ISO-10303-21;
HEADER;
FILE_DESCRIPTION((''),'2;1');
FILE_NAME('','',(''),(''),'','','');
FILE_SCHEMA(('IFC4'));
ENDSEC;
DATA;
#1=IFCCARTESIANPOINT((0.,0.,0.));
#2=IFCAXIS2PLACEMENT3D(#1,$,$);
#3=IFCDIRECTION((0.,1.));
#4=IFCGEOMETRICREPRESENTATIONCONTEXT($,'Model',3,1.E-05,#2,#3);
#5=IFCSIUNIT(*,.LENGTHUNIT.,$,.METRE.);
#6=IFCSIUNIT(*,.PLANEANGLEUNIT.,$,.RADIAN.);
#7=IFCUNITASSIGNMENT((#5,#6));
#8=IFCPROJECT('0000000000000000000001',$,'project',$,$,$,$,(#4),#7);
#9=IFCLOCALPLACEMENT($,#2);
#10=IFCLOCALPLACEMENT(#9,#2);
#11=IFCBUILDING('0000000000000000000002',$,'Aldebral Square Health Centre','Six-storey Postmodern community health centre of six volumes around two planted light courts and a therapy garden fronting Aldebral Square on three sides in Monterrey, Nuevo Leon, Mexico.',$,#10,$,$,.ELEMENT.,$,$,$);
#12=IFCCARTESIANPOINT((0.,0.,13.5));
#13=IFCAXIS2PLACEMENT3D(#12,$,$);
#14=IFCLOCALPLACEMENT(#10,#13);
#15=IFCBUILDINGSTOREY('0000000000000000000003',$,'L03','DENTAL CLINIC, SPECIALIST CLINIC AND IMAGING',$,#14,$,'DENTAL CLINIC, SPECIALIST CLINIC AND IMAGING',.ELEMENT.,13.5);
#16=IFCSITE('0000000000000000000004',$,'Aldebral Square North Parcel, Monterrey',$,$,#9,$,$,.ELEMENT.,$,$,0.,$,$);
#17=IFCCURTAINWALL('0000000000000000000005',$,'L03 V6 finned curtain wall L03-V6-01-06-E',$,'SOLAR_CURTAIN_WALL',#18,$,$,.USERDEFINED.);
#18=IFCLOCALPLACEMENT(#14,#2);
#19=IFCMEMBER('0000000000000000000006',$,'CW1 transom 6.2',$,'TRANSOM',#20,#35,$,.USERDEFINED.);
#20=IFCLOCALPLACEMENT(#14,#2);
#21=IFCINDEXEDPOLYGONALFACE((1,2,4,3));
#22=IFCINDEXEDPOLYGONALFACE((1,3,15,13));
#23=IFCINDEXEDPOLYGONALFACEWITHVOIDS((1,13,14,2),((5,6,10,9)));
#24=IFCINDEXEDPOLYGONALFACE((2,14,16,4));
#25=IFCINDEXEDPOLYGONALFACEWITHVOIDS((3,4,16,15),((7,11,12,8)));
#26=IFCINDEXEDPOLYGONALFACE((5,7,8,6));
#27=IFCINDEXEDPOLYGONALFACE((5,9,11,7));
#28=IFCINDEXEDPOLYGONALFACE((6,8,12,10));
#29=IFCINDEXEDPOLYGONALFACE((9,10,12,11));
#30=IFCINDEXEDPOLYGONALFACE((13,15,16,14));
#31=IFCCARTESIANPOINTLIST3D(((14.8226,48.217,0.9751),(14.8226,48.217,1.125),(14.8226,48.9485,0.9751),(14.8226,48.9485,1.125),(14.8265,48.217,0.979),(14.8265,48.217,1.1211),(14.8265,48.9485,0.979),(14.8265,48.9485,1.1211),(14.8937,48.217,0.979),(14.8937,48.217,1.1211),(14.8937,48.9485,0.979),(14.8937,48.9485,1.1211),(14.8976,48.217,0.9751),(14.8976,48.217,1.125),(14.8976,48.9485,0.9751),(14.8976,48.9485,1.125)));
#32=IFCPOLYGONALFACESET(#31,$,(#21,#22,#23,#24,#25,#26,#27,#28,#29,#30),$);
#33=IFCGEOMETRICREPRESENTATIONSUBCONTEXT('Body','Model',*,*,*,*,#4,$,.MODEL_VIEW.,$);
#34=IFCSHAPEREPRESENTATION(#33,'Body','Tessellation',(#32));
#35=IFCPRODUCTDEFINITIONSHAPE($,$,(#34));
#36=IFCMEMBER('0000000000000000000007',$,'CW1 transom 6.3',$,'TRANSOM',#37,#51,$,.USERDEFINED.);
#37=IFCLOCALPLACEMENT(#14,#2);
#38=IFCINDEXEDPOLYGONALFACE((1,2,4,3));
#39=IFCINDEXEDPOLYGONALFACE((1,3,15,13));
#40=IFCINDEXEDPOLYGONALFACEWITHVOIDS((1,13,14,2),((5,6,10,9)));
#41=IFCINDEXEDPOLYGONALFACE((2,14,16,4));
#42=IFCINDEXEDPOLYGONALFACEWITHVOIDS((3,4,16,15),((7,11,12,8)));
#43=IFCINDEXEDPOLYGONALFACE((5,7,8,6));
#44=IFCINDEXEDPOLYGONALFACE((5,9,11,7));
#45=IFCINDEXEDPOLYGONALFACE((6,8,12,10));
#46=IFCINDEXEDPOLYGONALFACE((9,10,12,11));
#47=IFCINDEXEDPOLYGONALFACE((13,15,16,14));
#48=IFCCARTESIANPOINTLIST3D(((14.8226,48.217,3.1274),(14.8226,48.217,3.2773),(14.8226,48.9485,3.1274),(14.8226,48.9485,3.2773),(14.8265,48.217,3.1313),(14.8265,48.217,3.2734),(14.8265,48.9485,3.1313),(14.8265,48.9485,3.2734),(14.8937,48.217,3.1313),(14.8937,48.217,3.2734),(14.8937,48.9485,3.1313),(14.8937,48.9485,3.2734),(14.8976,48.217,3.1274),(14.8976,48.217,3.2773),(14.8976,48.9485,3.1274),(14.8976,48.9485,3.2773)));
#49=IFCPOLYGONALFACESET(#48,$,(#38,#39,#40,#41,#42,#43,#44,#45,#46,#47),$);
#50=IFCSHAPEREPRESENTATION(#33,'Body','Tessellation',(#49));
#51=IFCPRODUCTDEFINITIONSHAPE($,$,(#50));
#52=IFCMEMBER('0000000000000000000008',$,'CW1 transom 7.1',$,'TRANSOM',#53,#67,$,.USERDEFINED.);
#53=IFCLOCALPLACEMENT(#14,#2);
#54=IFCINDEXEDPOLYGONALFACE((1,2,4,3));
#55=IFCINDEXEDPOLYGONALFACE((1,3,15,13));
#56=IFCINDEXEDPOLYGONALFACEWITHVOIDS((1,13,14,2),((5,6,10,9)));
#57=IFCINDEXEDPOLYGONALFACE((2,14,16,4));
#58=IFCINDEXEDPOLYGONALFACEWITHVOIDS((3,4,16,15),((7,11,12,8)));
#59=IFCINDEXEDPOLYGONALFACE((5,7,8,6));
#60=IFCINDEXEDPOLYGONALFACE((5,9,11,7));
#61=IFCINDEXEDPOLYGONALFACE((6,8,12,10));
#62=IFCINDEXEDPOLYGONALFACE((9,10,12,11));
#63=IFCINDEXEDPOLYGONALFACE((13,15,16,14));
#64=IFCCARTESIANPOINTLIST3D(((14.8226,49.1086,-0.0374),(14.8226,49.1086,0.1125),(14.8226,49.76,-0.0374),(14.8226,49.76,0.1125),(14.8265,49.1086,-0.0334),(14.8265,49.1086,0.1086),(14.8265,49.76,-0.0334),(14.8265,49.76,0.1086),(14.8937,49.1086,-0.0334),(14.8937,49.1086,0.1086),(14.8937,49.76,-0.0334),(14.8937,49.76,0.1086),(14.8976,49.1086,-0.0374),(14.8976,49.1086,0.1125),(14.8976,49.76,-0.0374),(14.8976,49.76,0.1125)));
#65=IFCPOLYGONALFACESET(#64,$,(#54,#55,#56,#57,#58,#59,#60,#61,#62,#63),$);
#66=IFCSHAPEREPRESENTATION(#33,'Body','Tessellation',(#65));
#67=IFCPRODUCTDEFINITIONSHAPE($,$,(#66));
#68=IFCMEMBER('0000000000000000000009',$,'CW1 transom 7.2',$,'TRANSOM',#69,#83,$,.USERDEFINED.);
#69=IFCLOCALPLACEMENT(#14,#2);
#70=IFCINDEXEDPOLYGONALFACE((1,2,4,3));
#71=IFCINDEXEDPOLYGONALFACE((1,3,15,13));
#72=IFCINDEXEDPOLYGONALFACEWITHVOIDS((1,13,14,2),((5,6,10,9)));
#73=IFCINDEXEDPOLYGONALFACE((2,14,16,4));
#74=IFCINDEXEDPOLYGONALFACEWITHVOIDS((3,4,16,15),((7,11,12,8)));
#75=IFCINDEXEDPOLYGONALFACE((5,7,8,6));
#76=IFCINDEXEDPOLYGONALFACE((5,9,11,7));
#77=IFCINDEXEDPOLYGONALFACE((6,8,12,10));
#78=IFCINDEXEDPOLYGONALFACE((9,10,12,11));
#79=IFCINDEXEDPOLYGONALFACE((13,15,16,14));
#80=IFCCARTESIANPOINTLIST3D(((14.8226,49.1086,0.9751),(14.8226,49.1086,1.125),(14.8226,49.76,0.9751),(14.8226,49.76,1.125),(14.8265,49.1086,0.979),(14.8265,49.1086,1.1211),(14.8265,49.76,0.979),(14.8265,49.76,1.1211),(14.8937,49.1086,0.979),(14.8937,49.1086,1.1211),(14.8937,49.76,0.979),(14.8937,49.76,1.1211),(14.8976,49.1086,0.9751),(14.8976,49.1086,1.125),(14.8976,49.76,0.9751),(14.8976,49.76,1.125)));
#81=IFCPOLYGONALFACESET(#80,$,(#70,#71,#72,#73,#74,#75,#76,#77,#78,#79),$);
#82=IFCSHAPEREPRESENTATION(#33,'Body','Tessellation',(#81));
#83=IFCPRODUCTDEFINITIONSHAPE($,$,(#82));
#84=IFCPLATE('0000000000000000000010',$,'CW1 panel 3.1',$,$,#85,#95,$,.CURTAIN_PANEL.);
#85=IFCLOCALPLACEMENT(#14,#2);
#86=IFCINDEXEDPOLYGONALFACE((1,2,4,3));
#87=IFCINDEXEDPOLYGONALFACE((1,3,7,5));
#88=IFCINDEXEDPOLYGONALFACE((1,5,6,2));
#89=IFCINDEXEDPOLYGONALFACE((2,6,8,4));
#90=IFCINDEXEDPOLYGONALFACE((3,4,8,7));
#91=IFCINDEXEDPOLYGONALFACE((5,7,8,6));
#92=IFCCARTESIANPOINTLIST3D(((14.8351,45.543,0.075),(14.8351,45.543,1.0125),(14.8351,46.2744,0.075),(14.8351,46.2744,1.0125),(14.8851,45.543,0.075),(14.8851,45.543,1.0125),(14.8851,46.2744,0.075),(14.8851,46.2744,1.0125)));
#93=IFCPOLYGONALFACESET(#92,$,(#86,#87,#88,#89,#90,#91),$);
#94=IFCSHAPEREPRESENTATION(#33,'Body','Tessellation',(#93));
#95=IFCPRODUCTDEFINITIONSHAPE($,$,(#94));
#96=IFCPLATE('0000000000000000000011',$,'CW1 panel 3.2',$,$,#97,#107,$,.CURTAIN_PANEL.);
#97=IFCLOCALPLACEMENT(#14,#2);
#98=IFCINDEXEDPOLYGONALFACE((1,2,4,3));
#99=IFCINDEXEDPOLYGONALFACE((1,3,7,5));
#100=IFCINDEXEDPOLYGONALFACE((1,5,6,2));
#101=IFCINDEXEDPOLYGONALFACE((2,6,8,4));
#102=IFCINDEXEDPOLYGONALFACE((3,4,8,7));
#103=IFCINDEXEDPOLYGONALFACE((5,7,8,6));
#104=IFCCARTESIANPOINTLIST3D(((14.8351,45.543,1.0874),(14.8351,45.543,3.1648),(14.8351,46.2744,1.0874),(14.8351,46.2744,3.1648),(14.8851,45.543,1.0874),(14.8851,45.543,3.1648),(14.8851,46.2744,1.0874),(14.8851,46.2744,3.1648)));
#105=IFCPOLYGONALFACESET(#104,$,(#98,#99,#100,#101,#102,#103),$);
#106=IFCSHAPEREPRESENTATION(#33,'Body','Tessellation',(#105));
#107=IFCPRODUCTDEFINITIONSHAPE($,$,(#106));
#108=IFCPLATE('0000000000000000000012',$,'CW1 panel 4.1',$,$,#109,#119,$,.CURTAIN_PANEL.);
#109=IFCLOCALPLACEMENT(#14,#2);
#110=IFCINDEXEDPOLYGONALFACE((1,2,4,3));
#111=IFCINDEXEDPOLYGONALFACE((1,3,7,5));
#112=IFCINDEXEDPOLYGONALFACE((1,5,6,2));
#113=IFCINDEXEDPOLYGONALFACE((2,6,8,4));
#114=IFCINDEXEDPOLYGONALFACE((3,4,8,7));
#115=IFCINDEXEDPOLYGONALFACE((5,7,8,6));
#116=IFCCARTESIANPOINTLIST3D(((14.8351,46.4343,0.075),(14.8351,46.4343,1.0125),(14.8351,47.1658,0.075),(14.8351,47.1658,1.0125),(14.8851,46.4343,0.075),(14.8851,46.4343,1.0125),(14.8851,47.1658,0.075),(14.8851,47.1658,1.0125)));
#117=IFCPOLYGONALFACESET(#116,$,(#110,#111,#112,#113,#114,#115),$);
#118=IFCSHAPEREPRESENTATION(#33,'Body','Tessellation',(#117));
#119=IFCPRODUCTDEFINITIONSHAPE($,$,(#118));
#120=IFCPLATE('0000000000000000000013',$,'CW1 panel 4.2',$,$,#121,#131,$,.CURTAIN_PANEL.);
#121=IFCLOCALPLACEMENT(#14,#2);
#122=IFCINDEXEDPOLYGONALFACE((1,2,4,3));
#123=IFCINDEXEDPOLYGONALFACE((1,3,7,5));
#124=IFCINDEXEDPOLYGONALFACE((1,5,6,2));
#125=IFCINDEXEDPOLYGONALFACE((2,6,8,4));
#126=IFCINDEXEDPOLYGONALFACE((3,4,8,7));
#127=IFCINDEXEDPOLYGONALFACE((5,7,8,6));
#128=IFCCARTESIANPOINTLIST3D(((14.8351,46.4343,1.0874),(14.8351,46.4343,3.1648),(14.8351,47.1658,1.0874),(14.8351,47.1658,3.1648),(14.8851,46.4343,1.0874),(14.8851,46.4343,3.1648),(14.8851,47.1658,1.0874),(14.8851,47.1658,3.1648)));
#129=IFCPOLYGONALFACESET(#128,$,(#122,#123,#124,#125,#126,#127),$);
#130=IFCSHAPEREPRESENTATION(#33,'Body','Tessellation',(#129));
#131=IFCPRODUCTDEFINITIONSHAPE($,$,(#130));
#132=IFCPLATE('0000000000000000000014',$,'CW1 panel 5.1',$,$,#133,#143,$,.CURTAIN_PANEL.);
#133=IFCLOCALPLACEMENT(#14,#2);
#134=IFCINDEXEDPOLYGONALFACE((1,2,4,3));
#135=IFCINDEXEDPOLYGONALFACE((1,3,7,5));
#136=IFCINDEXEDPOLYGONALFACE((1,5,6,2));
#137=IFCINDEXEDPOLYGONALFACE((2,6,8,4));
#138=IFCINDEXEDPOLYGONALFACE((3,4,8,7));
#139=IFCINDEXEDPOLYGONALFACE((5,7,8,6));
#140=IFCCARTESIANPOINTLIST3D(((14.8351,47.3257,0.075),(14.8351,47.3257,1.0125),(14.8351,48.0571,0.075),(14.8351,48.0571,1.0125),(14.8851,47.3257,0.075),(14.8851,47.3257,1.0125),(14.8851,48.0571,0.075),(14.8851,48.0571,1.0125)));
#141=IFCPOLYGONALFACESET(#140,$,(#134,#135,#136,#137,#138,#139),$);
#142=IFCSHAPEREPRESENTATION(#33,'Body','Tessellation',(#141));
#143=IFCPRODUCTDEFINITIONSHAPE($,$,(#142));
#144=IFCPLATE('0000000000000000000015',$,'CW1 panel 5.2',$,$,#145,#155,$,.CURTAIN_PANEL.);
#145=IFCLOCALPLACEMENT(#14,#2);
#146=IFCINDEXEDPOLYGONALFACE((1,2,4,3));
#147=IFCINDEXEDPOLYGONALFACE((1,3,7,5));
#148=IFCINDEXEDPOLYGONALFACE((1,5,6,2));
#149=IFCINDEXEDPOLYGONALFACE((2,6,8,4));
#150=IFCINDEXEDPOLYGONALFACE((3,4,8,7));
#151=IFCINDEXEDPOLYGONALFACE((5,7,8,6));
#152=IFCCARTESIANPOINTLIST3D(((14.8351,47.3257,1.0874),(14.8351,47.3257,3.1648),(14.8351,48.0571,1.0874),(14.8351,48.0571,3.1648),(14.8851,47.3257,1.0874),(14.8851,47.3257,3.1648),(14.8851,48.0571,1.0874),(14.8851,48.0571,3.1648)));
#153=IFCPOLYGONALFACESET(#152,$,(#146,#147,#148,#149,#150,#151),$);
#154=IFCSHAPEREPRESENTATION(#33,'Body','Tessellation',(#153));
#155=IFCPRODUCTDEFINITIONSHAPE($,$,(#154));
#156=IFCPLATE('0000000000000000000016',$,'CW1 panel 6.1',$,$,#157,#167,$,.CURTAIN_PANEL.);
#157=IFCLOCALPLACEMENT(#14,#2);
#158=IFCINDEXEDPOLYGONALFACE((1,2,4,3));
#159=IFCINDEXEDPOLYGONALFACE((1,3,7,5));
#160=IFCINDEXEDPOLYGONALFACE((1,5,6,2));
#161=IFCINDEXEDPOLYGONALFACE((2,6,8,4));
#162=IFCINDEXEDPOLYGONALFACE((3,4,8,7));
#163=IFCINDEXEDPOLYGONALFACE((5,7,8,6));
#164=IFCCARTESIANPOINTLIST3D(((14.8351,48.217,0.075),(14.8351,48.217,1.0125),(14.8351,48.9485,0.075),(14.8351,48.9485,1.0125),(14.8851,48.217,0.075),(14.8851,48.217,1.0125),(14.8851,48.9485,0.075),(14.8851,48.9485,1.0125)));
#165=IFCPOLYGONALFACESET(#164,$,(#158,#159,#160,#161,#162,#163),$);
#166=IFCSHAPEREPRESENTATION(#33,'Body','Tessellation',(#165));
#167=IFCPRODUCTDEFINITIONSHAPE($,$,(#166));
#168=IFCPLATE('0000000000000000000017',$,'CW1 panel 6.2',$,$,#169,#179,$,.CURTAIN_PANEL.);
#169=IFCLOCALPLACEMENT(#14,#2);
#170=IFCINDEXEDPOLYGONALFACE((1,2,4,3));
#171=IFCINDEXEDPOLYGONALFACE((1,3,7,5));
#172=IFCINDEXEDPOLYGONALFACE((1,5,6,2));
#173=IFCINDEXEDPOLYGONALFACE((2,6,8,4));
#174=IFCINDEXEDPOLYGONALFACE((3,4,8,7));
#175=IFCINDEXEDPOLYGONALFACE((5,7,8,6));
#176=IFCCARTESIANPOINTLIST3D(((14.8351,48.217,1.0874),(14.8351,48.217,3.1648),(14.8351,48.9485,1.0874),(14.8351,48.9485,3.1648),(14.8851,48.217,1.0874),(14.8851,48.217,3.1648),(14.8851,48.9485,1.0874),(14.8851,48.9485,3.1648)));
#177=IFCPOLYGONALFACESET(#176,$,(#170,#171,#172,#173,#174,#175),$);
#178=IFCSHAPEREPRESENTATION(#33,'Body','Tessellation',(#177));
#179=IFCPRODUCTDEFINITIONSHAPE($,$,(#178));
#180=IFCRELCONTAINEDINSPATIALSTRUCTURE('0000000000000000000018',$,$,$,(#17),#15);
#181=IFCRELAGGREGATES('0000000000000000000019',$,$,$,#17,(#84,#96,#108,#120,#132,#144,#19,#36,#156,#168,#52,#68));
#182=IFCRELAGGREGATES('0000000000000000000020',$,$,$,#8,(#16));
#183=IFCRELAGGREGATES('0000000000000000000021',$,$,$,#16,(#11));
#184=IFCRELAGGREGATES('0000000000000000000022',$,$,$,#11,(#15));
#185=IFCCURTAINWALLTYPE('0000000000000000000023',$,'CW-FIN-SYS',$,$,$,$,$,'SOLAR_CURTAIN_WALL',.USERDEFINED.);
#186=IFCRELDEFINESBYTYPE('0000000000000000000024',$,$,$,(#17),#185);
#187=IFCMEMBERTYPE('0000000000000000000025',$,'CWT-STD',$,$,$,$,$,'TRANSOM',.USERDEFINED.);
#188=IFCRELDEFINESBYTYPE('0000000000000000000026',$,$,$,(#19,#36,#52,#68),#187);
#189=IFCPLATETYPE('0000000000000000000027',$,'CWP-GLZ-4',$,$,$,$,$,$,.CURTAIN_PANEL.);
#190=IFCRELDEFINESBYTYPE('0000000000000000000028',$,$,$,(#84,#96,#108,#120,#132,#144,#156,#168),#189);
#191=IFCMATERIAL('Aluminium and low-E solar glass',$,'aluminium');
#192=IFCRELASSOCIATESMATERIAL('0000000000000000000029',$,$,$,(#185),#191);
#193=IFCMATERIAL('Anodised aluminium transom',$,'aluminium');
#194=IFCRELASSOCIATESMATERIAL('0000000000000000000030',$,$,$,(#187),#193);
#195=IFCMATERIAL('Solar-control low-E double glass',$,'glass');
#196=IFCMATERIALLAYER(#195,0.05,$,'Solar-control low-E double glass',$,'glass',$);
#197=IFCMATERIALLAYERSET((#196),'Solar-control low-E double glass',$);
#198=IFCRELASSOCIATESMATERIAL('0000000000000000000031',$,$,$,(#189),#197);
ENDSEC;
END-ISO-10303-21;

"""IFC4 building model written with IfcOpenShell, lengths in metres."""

from ifc_helpers import new_model, si_unit, direction, frame, origin, origin_2d, place, context, subcontext, project, spatial, rectangle, hollow_rectangle, extrude, material, layer, layer_set, material_profile, profile_set, type_object, element, aggregate, save


model = new_model("IFC4")

# Units and contexts
model_context = context("Model", 3, precision=1e-05, world=origin(), true_north=direction((0.0, 1.0)))
body_context = subcontext(model_context, "Body", "Model", "MODEL_VIEW")
ifc_project = project(units=[si_unit("LENGTHUNIT", "METRE"), si_unit("PLANEANGLEUNIT", "RADIAN")], contexts=[model_context])

# Site, building, storey
site_placement = place(None, origin())
site = spatial("IfcSite", under=ifc_project, at=site_placement, Name="Aldebral Square North Parcel, Monterrey", CompositionType="ELEMENT", RefElevation=0.0)
building_placement = place(site_placement, origin())
building = spatial("IfcBuilding", under=site, at=building_placement, Name="Aldebral Square Health Centre", Description="Six-storey Postmodern community health centre of six volumes around two planted light courts and a therapy garden fronting Aldebral Square on three sides in Monterrey, Nuevo Leon, Mexico.", CompositionType="ELEMENT")
storey_placement = place(building_placement, frame((0.0, 0.0, 13.5)))
storey = spatial("IfcBuildingStorey", under=building, at=storey_placement, Name="L03", Description="DENTAL CLINIC, SPECIALIST CLINIC AND IMAGING", LongName="DENTAL CLINIC, SPECIALIST CLINIC AND IMAGING", CompositionType="ELEMENT", Elevation=13.5)

# Curtain wall, members, plates
ifc_material_1 = material(Name="Aluminium and low-E solar glass", Category="aluminium")
curtain_wall_type = type_object("IfcCurtainWallType", Name="CW-FIN-SYS", ElementType="SOLAR_CURTAIN_WALL", PredefinedType="USERDEFINED", material=ifc_material_1)
curtain_wall_placement = place(storey_placement, origin())
curtain_wall = element("IfcCurtainWall", 1, at=curtain_wall_placement, inside=storey, type_object=curtain_wall_type, Name="L03 V6 finned curtain wall L03-V6-01-06-E", ObjectType="SOLAR_CURTAIN_WALL", PredefinedType="USERDEFINED")
ifc_material_2 = material(Name="Anodised aluminium transom", Category="aluminium")
ifc_material_profile_1 = material_profile(ifc_material_2, hollow_rectangle(XDim=0.075, YDim=0.1499, WallThickness=0.0039, at=origin_2d()), Name="CWT 75x150x4")
ifc_profile_set_1 = profile_set([ifc_material_profile_1], Name="Anodised aluminium transom")
member_type_1 = type_object("IfcMemberType", Name="CWT-STD", ElementType="TRANSOM", PredefinedType="USERDEFINED", material=ifc_profile_set_1)
member_1_placement = place(storey_placement, frame((14.8601, 48.217, 1.05), z_axis=(0.0, 1.0, 0.0), x_axis=(-1.0, 0.0, 0.0)))
member_1 = element("IfcMember", 2, at=member_1_placement, type_object=member_type_1, Name="CW1 transom 6.2", ObjectType="TRANSOM", PredefinedType="USERDEFINED", context=body_context, shape_type="SweptSolid", body=[
    extrude(hollow_rectangle(XDim=0.075, YDim=0.1499, WallThickness=0.0039, at=origin_2d()), origin(), (0.0, 0.0, 1.0), 0.7314),
])
member_2_placement = place(storey_placement, frame((14.8601, 48.217, 3.2024), z_axis=(0.0, 1.0, 0.0), x_axis=(-1.0, 0.0, 0.0)))
member_2 = element("IfcMember", 3, at=member_2_placement, type_object=member_type_1, Name="CW1 transom 6.3", ObjectType="TRANSOM", PredefinedType="USERDEFINED", context=body_context, shape_type="SweptSolid", body=[
    extrude(hollow_rectangle(XDim=0.075, YDim=0.1499, WallThickness=0.0039, at=origin_2d()), origin(), (0.0, 0.0, 1.0), 0.7314),
])
member_3_placement = place(storey_placement, frame((14.8601, 49.1086, 0.0376), z_axis=(0.0, 1.0, 0.0), x_axis=(-1.0, 0.0, 0.0)))
member_3 = element("IfcMember", 4, at=member_3_placement, type_object=member_type_1, Name="CW1 transom 7.1", ObjectType="TRANSOM", PredefinedType="USERDEFINED", context=body_context, shape_type="SweptSolid", body=[
    extrude(hollow_rectangle(XDim=0.075, YDim=0.1499, WallThickness=0.0039, at=origin_2d()), origin(), (0.0, 0.0, 1.0), 0.6514),
])
member_4_placement = place(storey_placement, frame((14.8601, 49.1086, 1.05), z_axis=(0.0, 1.0, 0.0), x_axis=(-1.0, 0.0, 0.0)))
member_4 = element("IfcMember", 5, at=member_4_placement, type_object=member_type_1, Name="CW1 transom 7.2", ObjectType="TRANSOM", PredefinedType="USERDEFINED", context=body_context, shape_type="SweptSolid", body=[
    extrude(hollow_rectangle(XDim=0.075, YDim=0.1499, WallThickness=0.0039, at=origin_2d()), origin(), (0.0, 0.0, 1.0), 0.6514),
])
ifc_material_3 = material(Name="Solar-control low-E double glass", Category="glass")
ifc_layer_1 = layer(ifc_material_3, 0.05, Name="Solar-control low-E double glass", Category="glass")
ifc_layer_set_1 = layer_set([ifc_layer_1], Name="Solar-control low-E double glass")
plate_type = type_object("IfcPlateType", Name="CWP-GLZ-4", PredefinedType="CURTAIN_PANEL", material=ifc_layer_set_1)
plate_1_placement = place(storey_placement, frame((14.8601, 45.9087, 0.075), z_axis=(0.0, 0.0, 1.0), x_axis=(0.0, 1.0, 0.0)))
plate_1 = element("IfcPlate", 6, at=plate_1_placement, type_object=plate_type, Name="CW1 panel 3.1", PredefinedType="CURTAIN_PANEL", context=body_context, shape_type="SweptSolid", body=[
    extrude(rectangle(XDim=0.7314, YDim=0.05, at=origin_2d()), origin(), (0.0, 0.0, 1.0), 0.9375),
])
plate_2_placement = place(storey_placement, frame((14.8601, 45.9087, 1.0874), z_axis=(0.0, 0.0, 1.0), x_axis=(0.0, 1.0, 0.0)))
plate_2 = element("IfcPlate", 7, at=plate_2_placement, type_object=plate_type, Name="CW1 panel 3.2", PredefinedType="CURTAIN_PANEL", context=body_context, shape_type="SweptSolid", body=[
    extrude(rectangle(XDim=0.7314, YDim=0.05, at=origin_2d()), origin(), (0.0, 0.0, 1.0), 2.0774),
])
plate_3_placement = place(storey_placement, frame((14.8601, 46.8, 0.075), z_axis=(0.0, 0.0, 1.0), x_axis=(0.0, 1.0, 0.0)))
plate_3 = element("IfcPlate", 8, at=plate_3_placement, type_object=plate_type, Name="CW1 panel 4.1", PredefinedType="CURTAIN_PANEL", context=body_context, shape_type="SweptSolid", body=[
    extrude(rectangle(XDim=0.7314, YDim=0.05, at=origin_2d()), origin(), (0.0, 0.0, 1.0), 0.9375),
])
plate_4_placement = place(storey_placement, frame((14.8601, 46.8, 1.0874), z_axis=(0.0, 0.0, 1.0), x_axis=(0.0, 1.0, 0.0)))
plate_4 = element("IfcPlate", 9, at=plate_4_placement, type_object=plate_type, Name="CW1 panel 4.2", PredefinedType="CURTAIN_PANEL", context=body_context, shape_type="SweptSolid", body=[
    extrude(rectangle(XDim=0.7314, YDim=0.05, at=origin_2d()), origin(), (0.0, 0.0, 1.0), 2.0774),
])
plate_5_placement = place(storey_placement, frame((14.8601, 47.6914, 0.075), z_axis=(0.0, 0.0, 1.0), x_axis=(0.0, 1.0, 0.0)))
plate_5 = element("IfcPlate", 10, at=plate_5_placement, type_object=plate_type, Name="CW1 panel 5.1", PredefinedType="CURTAIN_PANEL", context=body_context, shape_type="SweptSolid", body=[
    extrude(rectangle(XDim=0.7314, YDim=0.05, at=origin_2d()), origin(), (0.0, 0.0, 1.0), 0.9375),
])
plate_6_placement = place(storey_placement, frame((14.8601, 47.6914, 1.0874), z_axis=(0.0, 0.0, 1.0), x_axis=(0.0, 1.0, 0.0)))
plate_6 = element("IfcPlate", 11, at=plate_6_placement, type_object=plate_type, Name="CW1 panel 5.2", PredefinedType="CURTAIN_PANEL", context=body_context, shape_type="SweptSolid", body=[
    extrude(rectangle(XDim=0.7314, YDim=0.05, at=origin_2d()), origin(), (0.0, 0.0, 1.0), 2.0774),
])
plate_7_placement = place(storey_placement, frame((14.8601, 48.5828, 0.075), z_axis=(0.0, 0.0, 1.0), x_axis=(0.0, 1.0, 0.0)))
plate_7 = element("IfcPlate", 12, at=plate_7_placement, type_object=plate_type, Name="CW1 panel 6.1", PredefinedType="CURTAIN_PANEL", context=body_context, shape_type="SweptSolid", body=[
    extrude(rectangle(XDim=0.7314, YDim=0.05, at=origin_2d()), origin(), (0.0, 0.0, 1.0), 0.9375),
])
plate_8_placement = place(storey_placement, frame((14.8601, 48.5828, 1.0874), z_axis=(0.0, 0.0, 1.0), x_axis=(0.0, 1.0, 0.0)))
plate_8 = element("IfcPlate", 13, at=plate_8_placement, type_object=plate_type, Name="CW1 panel 6.2", PredefinedType="CURTAIN_PANEL", context=body_context, shape_type="SweptSolid", body=[
    extrude(rectangle(XDim=0.7314, YDim=0.05, at=origin_2d()), origin(), (0.0, 0.0, 1.0), 2.0774),
])
aggregate(curtain_wall, [plate_1, plate_2, plate_3, plate_4, plate_5, plate_6, member_1, member_2, plate_7, plate_8, member_3, member_4])

save(model, "model.ifc")
